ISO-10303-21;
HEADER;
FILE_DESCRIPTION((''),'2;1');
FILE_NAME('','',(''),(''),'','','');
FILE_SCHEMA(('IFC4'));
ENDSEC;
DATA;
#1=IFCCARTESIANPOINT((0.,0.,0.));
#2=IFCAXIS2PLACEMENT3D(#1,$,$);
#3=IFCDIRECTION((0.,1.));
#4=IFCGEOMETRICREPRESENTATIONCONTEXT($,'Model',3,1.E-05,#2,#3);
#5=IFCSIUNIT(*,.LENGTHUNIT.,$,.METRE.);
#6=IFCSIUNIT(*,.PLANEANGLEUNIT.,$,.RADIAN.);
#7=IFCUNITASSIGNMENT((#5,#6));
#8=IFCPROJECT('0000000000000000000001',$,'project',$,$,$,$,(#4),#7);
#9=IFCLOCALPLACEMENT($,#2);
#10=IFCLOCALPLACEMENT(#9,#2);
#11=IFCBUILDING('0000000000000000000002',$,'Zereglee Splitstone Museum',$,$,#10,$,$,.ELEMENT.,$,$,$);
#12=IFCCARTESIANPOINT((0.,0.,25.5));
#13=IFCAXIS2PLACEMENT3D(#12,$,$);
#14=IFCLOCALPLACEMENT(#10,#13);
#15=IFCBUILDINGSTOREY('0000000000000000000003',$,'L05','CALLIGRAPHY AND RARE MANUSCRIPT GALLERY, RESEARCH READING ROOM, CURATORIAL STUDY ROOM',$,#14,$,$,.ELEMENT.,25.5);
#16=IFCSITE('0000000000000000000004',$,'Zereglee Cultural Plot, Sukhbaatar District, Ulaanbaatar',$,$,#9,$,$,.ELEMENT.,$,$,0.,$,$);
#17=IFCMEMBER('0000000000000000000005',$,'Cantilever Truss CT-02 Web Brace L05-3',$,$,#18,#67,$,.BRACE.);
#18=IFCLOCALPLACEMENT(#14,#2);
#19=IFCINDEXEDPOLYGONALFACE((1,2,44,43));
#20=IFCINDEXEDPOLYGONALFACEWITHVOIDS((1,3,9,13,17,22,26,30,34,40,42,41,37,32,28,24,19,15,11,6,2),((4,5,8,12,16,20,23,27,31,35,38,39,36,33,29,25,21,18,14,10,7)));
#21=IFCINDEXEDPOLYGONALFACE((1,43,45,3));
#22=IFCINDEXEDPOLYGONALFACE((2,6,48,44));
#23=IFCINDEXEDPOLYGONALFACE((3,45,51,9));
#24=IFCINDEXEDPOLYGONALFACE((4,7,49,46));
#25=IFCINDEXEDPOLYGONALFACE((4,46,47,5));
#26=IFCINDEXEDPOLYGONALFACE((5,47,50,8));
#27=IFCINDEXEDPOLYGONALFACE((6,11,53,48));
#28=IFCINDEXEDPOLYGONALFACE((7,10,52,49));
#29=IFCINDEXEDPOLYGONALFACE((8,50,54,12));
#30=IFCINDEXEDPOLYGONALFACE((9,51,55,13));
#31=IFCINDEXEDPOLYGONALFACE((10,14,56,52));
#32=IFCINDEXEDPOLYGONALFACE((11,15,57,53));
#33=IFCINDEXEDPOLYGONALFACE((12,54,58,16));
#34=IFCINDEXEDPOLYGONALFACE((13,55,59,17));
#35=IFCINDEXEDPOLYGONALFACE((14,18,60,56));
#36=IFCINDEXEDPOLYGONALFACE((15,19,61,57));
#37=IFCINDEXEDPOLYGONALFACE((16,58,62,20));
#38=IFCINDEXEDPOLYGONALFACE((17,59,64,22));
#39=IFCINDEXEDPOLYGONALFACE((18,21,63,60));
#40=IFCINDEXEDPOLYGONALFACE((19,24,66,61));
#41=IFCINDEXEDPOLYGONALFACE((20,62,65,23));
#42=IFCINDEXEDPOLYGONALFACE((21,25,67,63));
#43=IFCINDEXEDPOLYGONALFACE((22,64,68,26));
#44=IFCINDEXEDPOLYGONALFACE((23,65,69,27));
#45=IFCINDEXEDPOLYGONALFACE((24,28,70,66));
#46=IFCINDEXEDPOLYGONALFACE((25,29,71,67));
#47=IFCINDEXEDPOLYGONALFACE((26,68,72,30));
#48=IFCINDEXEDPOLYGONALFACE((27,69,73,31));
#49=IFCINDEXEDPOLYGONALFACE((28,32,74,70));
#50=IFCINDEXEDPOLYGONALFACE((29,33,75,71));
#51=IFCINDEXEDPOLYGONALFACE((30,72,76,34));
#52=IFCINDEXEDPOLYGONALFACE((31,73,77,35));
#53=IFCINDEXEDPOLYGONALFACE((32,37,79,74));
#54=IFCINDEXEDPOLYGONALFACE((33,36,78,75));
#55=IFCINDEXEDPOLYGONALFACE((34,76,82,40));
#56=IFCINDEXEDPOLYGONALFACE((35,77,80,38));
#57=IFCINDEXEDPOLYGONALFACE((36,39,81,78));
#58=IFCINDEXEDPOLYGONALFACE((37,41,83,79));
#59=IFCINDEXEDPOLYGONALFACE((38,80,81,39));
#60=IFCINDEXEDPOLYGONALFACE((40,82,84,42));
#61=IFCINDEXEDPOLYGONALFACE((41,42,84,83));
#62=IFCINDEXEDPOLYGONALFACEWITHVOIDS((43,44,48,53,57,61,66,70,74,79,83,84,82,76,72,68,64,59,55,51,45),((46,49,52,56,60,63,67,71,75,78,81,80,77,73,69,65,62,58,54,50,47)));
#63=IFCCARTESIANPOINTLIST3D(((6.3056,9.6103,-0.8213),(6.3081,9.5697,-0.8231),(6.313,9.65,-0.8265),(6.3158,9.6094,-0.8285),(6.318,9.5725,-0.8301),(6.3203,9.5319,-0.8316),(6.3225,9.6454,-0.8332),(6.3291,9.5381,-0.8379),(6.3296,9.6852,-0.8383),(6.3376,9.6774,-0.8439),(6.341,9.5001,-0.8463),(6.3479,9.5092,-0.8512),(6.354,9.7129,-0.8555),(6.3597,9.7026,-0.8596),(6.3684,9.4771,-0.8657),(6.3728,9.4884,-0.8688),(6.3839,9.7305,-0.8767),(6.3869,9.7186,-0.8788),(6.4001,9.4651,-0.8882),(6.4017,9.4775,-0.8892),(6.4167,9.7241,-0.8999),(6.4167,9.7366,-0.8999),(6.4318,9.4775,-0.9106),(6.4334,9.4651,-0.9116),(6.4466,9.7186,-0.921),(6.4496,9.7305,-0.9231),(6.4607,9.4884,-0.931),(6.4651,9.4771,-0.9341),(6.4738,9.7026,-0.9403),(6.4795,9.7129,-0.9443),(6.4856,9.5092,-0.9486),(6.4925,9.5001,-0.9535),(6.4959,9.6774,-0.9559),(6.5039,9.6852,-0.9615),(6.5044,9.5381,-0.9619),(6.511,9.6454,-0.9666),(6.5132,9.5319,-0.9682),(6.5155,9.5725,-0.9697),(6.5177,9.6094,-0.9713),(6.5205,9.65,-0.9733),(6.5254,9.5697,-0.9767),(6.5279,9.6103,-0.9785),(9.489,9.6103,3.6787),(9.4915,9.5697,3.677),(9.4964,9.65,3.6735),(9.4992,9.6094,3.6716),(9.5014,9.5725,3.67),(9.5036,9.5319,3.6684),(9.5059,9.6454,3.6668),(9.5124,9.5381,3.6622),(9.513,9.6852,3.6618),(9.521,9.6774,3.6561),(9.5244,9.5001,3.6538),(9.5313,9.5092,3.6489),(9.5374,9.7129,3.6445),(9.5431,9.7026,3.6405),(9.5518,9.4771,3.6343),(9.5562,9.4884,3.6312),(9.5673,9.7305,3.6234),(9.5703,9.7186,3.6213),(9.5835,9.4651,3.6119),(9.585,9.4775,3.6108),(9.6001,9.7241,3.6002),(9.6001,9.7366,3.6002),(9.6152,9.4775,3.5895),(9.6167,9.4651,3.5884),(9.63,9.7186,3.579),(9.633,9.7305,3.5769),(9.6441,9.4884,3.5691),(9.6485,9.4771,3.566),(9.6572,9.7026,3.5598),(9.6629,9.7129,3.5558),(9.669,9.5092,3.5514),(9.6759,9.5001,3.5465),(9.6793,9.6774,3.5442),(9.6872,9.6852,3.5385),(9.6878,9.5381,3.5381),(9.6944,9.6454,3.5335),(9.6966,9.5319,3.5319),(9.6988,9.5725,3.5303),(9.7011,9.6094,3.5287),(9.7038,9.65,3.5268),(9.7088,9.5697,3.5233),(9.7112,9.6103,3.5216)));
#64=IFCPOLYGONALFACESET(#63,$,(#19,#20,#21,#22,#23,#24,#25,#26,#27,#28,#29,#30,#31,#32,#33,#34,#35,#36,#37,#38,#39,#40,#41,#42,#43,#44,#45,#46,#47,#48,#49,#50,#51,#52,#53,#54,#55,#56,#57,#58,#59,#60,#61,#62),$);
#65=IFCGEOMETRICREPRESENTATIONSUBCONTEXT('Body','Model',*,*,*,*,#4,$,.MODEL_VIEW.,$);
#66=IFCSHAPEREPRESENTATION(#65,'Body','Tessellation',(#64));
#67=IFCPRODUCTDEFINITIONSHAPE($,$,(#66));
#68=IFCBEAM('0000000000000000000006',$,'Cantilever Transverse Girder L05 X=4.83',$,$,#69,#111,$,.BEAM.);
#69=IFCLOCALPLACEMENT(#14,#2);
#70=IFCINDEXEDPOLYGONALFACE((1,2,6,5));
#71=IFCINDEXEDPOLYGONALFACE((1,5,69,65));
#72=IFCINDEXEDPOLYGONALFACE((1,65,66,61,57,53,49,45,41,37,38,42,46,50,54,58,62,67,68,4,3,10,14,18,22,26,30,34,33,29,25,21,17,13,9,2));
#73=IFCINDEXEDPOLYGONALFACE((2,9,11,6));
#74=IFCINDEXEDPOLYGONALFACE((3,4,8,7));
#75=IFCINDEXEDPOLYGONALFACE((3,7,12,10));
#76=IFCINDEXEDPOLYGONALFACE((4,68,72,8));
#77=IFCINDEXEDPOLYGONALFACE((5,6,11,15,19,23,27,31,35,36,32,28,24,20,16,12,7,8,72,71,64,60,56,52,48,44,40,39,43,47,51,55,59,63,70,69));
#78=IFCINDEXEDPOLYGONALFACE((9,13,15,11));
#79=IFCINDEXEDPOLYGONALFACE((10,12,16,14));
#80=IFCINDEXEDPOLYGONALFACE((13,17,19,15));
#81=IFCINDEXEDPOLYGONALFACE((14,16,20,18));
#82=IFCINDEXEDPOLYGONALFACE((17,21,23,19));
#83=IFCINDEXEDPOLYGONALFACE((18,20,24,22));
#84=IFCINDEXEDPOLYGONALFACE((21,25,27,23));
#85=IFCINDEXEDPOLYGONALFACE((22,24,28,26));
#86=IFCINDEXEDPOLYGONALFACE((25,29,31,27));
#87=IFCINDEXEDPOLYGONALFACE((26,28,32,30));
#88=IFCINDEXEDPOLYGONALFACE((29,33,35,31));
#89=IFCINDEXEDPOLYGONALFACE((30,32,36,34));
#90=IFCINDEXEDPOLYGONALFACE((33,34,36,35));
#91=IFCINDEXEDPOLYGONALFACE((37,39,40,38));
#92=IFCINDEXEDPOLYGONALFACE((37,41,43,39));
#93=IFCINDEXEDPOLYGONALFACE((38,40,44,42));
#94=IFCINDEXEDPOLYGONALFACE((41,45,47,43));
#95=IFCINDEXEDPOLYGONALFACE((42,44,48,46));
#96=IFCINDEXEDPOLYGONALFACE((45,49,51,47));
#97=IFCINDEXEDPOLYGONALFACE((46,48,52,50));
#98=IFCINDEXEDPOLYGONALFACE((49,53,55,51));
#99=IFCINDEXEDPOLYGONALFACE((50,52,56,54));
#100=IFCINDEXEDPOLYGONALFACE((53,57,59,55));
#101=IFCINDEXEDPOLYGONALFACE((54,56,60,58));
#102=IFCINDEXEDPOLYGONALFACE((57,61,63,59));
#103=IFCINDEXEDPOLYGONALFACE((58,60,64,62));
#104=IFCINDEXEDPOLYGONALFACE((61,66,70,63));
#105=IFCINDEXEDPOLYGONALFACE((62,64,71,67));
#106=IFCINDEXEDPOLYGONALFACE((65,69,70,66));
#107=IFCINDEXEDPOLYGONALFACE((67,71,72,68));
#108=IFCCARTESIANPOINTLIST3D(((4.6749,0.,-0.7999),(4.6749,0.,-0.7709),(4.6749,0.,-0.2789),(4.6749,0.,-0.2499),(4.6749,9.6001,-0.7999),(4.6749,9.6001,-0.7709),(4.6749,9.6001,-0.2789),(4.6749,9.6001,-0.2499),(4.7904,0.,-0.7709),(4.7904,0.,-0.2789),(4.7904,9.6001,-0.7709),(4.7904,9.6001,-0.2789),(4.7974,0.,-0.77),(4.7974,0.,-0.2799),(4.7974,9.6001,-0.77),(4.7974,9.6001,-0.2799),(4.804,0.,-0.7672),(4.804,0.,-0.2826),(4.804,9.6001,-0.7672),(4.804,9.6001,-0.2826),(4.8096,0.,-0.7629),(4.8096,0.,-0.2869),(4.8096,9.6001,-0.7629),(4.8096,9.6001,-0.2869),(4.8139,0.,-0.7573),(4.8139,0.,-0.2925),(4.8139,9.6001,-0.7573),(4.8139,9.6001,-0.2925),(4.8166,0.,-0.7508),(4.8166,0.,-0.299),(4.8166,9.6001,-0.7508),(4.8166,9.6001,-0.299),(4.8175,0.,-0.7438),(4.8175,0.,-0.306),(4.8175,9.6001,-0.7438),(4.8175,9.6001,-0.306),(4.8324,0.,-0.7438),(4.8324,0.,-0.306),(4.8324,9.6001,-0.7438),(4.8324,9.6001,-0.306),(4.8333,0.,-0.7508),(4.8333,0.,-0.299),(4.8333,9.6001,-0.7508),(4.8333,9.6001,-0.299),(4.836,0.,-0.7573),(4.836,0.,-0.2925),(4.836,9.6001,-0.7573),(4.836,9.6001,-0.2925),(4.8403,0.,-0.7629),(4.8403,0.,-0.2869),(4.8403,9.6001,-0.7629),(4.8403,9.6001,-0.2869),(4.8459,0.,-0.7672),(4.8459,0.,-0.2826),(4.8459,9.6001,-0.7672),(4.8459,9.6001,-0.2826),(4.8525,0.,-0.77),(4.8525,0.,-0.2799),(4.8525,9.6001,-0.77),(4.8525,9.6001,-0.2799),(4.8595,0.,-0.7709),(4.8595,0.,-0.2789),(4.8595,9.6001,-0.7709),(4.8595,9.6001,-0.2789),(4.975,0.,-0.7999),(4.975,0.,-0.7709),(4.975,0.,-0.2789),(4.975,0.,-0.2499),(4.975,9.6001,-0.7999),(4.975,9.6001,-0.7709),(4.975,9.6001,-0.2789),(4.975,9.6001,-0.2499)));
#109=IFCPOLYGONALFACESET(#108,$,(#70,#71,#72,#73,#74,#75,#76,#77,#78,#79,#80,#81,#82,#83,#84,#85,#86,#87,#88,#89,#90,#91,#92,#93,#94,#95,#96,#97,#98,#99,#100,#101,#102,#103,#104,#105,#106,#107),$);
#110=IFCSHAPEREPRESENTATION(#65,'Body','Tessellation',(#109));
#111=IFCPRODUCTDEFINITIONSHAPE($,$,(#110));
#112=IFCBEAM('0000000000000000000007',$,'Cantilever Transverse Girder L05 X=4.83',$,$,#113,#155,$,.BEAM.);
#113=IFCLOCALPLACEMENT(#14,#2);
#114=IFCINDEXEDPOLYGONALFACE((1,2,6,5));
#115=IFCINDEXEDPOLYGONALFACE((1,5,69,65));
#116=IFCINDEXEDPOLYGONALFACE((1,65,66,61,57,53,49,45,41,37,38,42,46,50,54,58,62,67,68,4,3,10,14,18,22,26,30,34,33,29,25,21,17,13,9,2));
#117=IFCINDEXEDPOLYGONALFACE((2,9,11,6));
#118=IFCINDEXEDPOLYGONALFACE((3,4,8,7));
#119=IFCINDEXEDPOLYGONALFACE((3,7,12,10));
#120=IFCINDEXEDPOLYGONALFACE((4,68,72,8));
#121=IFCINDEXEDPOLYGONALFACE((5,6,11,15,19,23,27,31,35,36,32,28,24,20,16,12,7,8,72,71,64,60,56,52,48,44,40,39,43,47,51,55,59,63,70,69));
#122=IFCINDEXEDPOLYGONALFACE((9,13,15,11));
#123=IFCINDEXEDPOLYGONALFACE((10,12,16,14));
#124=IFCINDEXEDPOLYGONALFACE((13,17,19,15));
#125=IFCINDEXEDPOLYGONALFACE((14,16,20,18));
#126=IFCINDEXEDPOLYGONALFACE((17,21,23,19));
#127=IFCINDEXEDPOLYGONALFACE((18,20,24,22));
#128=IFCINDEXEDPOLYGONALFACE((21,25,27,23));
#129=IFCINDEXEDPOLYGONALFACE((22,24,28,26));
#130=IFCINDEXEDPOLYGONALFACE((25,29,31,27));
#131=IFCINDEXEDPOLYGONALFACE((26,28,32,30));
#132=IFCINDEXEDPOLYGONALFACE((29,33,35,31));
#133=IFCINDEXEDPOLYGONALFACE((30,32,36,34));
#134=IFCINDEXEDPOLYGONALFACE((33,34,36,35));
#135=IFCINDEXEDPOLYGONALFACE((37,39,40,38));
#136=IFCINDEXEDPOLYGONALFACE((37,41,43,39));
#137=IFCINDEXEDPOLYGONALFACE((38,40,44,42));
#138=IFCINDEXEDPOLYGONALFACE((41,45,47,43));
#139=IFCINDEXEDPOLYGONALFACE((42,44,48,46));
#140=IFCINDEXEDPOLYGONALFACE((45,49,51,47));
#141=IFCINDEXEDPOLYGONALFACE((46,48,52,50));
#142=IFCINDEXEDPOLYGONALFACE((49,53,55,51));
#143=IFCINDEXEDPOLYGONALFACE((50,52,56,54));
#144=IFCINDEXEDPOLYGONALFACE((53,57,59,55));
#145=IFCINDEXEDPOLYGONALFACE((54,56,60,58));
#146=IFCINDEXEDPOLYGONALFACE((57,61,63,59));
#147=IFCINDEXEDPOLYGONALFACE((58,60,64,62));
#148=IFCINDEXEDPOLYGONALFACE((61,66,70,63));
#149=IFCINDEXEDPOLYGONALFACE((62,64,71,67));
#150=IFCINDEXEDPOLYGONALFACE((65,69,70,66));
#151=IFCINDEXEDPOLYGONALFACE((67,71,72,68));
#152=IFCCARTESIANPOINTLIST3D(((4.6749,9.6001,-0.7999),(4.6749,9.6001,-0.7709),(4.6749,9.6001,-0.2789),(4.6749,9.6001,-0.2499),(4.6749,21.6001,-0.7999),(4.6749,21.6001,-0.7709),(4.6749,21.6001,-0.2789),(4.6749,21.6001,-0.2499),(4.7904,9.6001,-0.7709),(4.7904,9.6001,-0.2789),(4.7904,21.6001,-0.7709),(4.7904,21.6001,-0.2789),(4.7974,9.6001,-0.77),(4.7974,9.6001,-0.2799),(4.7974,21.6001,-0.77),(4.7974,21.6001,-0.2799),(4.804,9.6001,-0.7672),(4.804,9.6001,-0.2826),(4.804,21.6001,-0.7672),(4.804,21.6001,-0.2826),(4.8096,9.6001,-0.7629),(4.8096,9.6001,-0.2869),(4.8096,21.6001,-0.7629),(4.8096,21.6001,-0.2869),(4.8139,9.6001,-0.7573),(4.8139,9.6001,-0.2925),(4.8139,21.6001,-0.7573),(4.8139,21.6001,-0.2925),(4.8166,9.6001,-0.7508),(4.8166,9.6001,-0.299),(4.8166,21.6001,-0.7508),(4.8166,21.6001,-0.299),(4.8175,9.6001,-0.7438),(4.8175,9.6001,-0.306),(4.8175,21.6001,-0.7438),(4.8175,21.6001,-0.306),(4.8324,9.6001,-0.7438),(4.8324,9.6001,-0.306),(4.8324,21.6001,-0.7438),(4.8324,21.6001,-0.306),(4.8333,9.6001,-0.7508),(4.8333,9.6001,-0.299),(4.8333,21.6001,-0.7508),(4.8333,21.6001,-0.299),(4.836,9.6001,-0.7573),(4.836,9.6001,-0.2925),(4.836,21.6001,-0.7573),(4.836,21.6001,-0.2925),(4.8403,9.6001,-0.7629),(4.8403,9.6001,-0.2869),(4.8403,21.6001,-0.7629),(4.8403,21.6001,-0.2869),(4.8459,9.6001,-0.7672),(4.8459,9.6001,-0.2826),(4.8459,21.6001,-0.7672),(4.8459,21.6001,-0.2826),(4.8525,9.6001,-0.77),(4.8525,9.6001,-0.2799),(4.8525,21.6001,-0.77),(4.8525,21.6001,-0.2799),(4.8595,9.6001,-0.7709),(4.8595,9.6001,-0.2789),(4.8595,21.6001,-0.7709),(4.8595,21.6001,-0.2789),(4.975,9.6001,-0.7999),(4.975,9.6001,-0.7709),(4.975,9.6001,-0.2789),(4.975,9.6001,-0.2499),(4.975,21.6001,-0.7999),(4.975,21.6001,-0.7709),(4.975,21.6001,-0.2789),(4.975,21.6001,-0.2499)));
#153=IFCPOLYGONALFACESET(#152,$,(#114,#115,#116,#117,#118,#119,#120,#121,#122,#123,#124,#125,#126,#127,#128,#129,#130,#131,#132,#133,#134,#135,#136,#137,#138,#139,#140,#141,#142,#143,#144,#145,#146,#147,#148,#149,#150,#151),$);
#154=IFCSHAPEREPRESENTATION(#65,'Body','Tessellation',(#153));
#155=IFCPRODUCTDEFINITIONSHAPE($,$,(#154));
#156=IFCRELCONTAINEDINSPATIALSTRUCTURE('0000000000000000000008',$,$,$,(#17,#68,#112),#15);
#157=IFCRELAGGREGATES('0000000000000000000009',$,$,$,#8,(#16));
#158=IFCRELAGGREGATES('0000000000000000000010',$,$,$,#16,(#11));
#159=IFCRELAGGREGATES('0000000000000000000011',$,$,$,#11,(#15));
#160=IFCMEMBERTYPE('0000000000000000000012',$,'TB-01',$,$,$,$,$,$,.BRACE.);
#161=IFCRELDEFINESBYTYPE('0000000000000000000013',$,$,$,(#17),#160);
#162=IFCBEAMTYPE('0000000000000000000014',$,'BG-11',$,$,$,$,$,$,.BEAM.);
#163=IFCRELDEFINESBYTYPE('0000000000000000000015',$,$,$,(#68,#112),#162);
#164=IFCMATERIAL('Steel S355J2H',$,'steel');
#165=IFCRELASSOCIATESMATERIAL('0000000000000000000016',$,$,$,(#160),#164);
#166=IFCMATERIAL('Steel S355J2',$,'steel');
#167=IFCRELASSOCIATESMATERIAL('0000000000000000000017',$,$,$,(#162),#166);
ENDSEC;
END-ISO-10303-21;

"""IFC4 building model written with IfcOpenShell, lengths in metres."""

from ifc_helpers import new_model, si_unit, direction, frame, origin, origin_2d, place, context, subcontext, project, spatial, hollow_circle, i_section, extrude, material, material_profile, profile_set, type_object, element, save


model = new_model("IFC4")

# Units and contexts
model_context = context("Model", 3, precision=1e-05, world=origin(), true_north=direction((0.0, 1.0)))
body_context = subcontext(model_context, "Body", "Model", "MODEL_VIEW")
ifc_project = project(units=[si_unit("LENGTHUNIT", "METRE"), si_unit("PLANEANGLEUNIT", "RADIAN")], contexts=[model_context])

# Site, building, storey
site_placement = place(None, origin())
site = spatial("IfcSite", under=ifc_project, at=site_placement, Name="Zereglee Cultural Plot, Sukhbaatar District, Ulaanbaatar", CompositionType="ELEMENT", RefElevation=0.0)
building_placement = place(site_placement, origin())
building = spatial("IfcBuilding", under=site, at=building_placement, Name="Zereglee Splitstone Museum", CompositionType="ELEMENT")
storey_placement = place(building_placement, frame((0.0, 0.0, 25.5)))
storey = spatial("IfcBuildingStorey", under=building, at=storey_placement, Name="L05", Description="CALLIGRAPHY AND RARE MANUSCRIPT GALLERY, RESEARCH READING ROOM, CURATORIAL STUDY ROOM", CompositionType="ELEMENT", Elevation=25.5)

# Member
ifc_material_1 = material(Name="Steel S355J2H", Category="steel")
ifc_material_profile_1 = material_profile(ifc_material_1, hollow_circle(Radius=0.1365, WallThickness=0.0125, at=origin_2d()), Name="CHS 273.0x12.5")
ifc_profile_set_1 = profile_set([ifc_material_profile_1], Name="Steel S355J2H")
member_type_1 = type_object("IfcMemberType", Name="TB-01", PredefinedType="BRACE", material=ifc_profile_set_1)
for number, where, z_axis, x_axis, name in (
    (1, (6.4167, 9.6001, -0.8999), (0.577516, 0.0, 0.816379), (0.0, 1.0, 0.0), "Cantilever Truss CT-02 Web Brace L05-3"),
):
    element("IfcMember", number, at=place(storey_placement, frame(where, z_axis=z_axis, x_axis=x_axis)), inside=storey, type_object=member_type_1, Name=name, PredefinedType="BRACE", context=body_context, shape_type="SweptSolid", body=[
        extrude(hollow_circle(Radius=0.1365, WallThickness=0.0125, at=origin_2d()), origin(), (0.0, 0.0, 1.0), 5.5122),
    ])

# Beams
ifc_material_2 = material(Name="Steel S355J2", Category="steel")
ifc_material_profile_2 = material_profile(ifc_material_2, i_section(OverallWidth=0.3, OverallDepth=0.55, WebThickness=0.0149, FlangeThickness=0.0291, FilletRadius=0.0271, at=origin_2d()), Name="HE 550 B")
ifc_profile_set_2 = profile_set([ifc_material_profile_2], Name="Steel S355J2")
beam_type_1 = type_object("IfcBeamType", Name="BG-11", PredefinedType="BEAM", material=ifc_profile_set_2)
beam_1_placement = place(storey_placement, frame((4.825, 0.0, -0.5249), z_axis=(0.0, 1.0, 0.0), x_axis=(-1.0, 0.0, 0.0)))
element("IfcBeam", 2, at=beam_1_placement, inside=storey, type_object=beam_type_1, Name="Cantilever Transverse Girder L05 X=4.83", PredefinedType="BEAM", context=body_context, shape_type="SweptSolid", body=[
    extrude(i_section(OverallWidth=0.3, OverallDepth=0.55, WebThickness=0.0149, FlangeThickness=0.0291, FilletRadius=0.0271, at=origin_2d()), origin(), (0.0, 0.0, 1.0), 9.6001),
])
beam_2_placement = place(storey_placement, frame((4.825, 9.6001, -0.5249), z_axis=(0.0, 1.0, 0.0), x_axis=(-1.0, 0.0, 0.0)))
element("IfcBeam", 3, at=beam_2_placement, inside=storey, type_object=beam_type_1, Name="Cantilever Transverse Girder L05 X=4.83", PredefinedType="BEAM", context=body_context, shape_type="SweptSolid", body=[
    extrude(i_section(OverallWidth=0.3, OverallDepth=0.55, WebThickness=0.0149, FlangeThickness=0.0291, FilletRadius=0.0271, at=origin_2d()), origin(), (0.0, 0.0, 1.0), 12.0),
])

save(model, "model.ifc")
